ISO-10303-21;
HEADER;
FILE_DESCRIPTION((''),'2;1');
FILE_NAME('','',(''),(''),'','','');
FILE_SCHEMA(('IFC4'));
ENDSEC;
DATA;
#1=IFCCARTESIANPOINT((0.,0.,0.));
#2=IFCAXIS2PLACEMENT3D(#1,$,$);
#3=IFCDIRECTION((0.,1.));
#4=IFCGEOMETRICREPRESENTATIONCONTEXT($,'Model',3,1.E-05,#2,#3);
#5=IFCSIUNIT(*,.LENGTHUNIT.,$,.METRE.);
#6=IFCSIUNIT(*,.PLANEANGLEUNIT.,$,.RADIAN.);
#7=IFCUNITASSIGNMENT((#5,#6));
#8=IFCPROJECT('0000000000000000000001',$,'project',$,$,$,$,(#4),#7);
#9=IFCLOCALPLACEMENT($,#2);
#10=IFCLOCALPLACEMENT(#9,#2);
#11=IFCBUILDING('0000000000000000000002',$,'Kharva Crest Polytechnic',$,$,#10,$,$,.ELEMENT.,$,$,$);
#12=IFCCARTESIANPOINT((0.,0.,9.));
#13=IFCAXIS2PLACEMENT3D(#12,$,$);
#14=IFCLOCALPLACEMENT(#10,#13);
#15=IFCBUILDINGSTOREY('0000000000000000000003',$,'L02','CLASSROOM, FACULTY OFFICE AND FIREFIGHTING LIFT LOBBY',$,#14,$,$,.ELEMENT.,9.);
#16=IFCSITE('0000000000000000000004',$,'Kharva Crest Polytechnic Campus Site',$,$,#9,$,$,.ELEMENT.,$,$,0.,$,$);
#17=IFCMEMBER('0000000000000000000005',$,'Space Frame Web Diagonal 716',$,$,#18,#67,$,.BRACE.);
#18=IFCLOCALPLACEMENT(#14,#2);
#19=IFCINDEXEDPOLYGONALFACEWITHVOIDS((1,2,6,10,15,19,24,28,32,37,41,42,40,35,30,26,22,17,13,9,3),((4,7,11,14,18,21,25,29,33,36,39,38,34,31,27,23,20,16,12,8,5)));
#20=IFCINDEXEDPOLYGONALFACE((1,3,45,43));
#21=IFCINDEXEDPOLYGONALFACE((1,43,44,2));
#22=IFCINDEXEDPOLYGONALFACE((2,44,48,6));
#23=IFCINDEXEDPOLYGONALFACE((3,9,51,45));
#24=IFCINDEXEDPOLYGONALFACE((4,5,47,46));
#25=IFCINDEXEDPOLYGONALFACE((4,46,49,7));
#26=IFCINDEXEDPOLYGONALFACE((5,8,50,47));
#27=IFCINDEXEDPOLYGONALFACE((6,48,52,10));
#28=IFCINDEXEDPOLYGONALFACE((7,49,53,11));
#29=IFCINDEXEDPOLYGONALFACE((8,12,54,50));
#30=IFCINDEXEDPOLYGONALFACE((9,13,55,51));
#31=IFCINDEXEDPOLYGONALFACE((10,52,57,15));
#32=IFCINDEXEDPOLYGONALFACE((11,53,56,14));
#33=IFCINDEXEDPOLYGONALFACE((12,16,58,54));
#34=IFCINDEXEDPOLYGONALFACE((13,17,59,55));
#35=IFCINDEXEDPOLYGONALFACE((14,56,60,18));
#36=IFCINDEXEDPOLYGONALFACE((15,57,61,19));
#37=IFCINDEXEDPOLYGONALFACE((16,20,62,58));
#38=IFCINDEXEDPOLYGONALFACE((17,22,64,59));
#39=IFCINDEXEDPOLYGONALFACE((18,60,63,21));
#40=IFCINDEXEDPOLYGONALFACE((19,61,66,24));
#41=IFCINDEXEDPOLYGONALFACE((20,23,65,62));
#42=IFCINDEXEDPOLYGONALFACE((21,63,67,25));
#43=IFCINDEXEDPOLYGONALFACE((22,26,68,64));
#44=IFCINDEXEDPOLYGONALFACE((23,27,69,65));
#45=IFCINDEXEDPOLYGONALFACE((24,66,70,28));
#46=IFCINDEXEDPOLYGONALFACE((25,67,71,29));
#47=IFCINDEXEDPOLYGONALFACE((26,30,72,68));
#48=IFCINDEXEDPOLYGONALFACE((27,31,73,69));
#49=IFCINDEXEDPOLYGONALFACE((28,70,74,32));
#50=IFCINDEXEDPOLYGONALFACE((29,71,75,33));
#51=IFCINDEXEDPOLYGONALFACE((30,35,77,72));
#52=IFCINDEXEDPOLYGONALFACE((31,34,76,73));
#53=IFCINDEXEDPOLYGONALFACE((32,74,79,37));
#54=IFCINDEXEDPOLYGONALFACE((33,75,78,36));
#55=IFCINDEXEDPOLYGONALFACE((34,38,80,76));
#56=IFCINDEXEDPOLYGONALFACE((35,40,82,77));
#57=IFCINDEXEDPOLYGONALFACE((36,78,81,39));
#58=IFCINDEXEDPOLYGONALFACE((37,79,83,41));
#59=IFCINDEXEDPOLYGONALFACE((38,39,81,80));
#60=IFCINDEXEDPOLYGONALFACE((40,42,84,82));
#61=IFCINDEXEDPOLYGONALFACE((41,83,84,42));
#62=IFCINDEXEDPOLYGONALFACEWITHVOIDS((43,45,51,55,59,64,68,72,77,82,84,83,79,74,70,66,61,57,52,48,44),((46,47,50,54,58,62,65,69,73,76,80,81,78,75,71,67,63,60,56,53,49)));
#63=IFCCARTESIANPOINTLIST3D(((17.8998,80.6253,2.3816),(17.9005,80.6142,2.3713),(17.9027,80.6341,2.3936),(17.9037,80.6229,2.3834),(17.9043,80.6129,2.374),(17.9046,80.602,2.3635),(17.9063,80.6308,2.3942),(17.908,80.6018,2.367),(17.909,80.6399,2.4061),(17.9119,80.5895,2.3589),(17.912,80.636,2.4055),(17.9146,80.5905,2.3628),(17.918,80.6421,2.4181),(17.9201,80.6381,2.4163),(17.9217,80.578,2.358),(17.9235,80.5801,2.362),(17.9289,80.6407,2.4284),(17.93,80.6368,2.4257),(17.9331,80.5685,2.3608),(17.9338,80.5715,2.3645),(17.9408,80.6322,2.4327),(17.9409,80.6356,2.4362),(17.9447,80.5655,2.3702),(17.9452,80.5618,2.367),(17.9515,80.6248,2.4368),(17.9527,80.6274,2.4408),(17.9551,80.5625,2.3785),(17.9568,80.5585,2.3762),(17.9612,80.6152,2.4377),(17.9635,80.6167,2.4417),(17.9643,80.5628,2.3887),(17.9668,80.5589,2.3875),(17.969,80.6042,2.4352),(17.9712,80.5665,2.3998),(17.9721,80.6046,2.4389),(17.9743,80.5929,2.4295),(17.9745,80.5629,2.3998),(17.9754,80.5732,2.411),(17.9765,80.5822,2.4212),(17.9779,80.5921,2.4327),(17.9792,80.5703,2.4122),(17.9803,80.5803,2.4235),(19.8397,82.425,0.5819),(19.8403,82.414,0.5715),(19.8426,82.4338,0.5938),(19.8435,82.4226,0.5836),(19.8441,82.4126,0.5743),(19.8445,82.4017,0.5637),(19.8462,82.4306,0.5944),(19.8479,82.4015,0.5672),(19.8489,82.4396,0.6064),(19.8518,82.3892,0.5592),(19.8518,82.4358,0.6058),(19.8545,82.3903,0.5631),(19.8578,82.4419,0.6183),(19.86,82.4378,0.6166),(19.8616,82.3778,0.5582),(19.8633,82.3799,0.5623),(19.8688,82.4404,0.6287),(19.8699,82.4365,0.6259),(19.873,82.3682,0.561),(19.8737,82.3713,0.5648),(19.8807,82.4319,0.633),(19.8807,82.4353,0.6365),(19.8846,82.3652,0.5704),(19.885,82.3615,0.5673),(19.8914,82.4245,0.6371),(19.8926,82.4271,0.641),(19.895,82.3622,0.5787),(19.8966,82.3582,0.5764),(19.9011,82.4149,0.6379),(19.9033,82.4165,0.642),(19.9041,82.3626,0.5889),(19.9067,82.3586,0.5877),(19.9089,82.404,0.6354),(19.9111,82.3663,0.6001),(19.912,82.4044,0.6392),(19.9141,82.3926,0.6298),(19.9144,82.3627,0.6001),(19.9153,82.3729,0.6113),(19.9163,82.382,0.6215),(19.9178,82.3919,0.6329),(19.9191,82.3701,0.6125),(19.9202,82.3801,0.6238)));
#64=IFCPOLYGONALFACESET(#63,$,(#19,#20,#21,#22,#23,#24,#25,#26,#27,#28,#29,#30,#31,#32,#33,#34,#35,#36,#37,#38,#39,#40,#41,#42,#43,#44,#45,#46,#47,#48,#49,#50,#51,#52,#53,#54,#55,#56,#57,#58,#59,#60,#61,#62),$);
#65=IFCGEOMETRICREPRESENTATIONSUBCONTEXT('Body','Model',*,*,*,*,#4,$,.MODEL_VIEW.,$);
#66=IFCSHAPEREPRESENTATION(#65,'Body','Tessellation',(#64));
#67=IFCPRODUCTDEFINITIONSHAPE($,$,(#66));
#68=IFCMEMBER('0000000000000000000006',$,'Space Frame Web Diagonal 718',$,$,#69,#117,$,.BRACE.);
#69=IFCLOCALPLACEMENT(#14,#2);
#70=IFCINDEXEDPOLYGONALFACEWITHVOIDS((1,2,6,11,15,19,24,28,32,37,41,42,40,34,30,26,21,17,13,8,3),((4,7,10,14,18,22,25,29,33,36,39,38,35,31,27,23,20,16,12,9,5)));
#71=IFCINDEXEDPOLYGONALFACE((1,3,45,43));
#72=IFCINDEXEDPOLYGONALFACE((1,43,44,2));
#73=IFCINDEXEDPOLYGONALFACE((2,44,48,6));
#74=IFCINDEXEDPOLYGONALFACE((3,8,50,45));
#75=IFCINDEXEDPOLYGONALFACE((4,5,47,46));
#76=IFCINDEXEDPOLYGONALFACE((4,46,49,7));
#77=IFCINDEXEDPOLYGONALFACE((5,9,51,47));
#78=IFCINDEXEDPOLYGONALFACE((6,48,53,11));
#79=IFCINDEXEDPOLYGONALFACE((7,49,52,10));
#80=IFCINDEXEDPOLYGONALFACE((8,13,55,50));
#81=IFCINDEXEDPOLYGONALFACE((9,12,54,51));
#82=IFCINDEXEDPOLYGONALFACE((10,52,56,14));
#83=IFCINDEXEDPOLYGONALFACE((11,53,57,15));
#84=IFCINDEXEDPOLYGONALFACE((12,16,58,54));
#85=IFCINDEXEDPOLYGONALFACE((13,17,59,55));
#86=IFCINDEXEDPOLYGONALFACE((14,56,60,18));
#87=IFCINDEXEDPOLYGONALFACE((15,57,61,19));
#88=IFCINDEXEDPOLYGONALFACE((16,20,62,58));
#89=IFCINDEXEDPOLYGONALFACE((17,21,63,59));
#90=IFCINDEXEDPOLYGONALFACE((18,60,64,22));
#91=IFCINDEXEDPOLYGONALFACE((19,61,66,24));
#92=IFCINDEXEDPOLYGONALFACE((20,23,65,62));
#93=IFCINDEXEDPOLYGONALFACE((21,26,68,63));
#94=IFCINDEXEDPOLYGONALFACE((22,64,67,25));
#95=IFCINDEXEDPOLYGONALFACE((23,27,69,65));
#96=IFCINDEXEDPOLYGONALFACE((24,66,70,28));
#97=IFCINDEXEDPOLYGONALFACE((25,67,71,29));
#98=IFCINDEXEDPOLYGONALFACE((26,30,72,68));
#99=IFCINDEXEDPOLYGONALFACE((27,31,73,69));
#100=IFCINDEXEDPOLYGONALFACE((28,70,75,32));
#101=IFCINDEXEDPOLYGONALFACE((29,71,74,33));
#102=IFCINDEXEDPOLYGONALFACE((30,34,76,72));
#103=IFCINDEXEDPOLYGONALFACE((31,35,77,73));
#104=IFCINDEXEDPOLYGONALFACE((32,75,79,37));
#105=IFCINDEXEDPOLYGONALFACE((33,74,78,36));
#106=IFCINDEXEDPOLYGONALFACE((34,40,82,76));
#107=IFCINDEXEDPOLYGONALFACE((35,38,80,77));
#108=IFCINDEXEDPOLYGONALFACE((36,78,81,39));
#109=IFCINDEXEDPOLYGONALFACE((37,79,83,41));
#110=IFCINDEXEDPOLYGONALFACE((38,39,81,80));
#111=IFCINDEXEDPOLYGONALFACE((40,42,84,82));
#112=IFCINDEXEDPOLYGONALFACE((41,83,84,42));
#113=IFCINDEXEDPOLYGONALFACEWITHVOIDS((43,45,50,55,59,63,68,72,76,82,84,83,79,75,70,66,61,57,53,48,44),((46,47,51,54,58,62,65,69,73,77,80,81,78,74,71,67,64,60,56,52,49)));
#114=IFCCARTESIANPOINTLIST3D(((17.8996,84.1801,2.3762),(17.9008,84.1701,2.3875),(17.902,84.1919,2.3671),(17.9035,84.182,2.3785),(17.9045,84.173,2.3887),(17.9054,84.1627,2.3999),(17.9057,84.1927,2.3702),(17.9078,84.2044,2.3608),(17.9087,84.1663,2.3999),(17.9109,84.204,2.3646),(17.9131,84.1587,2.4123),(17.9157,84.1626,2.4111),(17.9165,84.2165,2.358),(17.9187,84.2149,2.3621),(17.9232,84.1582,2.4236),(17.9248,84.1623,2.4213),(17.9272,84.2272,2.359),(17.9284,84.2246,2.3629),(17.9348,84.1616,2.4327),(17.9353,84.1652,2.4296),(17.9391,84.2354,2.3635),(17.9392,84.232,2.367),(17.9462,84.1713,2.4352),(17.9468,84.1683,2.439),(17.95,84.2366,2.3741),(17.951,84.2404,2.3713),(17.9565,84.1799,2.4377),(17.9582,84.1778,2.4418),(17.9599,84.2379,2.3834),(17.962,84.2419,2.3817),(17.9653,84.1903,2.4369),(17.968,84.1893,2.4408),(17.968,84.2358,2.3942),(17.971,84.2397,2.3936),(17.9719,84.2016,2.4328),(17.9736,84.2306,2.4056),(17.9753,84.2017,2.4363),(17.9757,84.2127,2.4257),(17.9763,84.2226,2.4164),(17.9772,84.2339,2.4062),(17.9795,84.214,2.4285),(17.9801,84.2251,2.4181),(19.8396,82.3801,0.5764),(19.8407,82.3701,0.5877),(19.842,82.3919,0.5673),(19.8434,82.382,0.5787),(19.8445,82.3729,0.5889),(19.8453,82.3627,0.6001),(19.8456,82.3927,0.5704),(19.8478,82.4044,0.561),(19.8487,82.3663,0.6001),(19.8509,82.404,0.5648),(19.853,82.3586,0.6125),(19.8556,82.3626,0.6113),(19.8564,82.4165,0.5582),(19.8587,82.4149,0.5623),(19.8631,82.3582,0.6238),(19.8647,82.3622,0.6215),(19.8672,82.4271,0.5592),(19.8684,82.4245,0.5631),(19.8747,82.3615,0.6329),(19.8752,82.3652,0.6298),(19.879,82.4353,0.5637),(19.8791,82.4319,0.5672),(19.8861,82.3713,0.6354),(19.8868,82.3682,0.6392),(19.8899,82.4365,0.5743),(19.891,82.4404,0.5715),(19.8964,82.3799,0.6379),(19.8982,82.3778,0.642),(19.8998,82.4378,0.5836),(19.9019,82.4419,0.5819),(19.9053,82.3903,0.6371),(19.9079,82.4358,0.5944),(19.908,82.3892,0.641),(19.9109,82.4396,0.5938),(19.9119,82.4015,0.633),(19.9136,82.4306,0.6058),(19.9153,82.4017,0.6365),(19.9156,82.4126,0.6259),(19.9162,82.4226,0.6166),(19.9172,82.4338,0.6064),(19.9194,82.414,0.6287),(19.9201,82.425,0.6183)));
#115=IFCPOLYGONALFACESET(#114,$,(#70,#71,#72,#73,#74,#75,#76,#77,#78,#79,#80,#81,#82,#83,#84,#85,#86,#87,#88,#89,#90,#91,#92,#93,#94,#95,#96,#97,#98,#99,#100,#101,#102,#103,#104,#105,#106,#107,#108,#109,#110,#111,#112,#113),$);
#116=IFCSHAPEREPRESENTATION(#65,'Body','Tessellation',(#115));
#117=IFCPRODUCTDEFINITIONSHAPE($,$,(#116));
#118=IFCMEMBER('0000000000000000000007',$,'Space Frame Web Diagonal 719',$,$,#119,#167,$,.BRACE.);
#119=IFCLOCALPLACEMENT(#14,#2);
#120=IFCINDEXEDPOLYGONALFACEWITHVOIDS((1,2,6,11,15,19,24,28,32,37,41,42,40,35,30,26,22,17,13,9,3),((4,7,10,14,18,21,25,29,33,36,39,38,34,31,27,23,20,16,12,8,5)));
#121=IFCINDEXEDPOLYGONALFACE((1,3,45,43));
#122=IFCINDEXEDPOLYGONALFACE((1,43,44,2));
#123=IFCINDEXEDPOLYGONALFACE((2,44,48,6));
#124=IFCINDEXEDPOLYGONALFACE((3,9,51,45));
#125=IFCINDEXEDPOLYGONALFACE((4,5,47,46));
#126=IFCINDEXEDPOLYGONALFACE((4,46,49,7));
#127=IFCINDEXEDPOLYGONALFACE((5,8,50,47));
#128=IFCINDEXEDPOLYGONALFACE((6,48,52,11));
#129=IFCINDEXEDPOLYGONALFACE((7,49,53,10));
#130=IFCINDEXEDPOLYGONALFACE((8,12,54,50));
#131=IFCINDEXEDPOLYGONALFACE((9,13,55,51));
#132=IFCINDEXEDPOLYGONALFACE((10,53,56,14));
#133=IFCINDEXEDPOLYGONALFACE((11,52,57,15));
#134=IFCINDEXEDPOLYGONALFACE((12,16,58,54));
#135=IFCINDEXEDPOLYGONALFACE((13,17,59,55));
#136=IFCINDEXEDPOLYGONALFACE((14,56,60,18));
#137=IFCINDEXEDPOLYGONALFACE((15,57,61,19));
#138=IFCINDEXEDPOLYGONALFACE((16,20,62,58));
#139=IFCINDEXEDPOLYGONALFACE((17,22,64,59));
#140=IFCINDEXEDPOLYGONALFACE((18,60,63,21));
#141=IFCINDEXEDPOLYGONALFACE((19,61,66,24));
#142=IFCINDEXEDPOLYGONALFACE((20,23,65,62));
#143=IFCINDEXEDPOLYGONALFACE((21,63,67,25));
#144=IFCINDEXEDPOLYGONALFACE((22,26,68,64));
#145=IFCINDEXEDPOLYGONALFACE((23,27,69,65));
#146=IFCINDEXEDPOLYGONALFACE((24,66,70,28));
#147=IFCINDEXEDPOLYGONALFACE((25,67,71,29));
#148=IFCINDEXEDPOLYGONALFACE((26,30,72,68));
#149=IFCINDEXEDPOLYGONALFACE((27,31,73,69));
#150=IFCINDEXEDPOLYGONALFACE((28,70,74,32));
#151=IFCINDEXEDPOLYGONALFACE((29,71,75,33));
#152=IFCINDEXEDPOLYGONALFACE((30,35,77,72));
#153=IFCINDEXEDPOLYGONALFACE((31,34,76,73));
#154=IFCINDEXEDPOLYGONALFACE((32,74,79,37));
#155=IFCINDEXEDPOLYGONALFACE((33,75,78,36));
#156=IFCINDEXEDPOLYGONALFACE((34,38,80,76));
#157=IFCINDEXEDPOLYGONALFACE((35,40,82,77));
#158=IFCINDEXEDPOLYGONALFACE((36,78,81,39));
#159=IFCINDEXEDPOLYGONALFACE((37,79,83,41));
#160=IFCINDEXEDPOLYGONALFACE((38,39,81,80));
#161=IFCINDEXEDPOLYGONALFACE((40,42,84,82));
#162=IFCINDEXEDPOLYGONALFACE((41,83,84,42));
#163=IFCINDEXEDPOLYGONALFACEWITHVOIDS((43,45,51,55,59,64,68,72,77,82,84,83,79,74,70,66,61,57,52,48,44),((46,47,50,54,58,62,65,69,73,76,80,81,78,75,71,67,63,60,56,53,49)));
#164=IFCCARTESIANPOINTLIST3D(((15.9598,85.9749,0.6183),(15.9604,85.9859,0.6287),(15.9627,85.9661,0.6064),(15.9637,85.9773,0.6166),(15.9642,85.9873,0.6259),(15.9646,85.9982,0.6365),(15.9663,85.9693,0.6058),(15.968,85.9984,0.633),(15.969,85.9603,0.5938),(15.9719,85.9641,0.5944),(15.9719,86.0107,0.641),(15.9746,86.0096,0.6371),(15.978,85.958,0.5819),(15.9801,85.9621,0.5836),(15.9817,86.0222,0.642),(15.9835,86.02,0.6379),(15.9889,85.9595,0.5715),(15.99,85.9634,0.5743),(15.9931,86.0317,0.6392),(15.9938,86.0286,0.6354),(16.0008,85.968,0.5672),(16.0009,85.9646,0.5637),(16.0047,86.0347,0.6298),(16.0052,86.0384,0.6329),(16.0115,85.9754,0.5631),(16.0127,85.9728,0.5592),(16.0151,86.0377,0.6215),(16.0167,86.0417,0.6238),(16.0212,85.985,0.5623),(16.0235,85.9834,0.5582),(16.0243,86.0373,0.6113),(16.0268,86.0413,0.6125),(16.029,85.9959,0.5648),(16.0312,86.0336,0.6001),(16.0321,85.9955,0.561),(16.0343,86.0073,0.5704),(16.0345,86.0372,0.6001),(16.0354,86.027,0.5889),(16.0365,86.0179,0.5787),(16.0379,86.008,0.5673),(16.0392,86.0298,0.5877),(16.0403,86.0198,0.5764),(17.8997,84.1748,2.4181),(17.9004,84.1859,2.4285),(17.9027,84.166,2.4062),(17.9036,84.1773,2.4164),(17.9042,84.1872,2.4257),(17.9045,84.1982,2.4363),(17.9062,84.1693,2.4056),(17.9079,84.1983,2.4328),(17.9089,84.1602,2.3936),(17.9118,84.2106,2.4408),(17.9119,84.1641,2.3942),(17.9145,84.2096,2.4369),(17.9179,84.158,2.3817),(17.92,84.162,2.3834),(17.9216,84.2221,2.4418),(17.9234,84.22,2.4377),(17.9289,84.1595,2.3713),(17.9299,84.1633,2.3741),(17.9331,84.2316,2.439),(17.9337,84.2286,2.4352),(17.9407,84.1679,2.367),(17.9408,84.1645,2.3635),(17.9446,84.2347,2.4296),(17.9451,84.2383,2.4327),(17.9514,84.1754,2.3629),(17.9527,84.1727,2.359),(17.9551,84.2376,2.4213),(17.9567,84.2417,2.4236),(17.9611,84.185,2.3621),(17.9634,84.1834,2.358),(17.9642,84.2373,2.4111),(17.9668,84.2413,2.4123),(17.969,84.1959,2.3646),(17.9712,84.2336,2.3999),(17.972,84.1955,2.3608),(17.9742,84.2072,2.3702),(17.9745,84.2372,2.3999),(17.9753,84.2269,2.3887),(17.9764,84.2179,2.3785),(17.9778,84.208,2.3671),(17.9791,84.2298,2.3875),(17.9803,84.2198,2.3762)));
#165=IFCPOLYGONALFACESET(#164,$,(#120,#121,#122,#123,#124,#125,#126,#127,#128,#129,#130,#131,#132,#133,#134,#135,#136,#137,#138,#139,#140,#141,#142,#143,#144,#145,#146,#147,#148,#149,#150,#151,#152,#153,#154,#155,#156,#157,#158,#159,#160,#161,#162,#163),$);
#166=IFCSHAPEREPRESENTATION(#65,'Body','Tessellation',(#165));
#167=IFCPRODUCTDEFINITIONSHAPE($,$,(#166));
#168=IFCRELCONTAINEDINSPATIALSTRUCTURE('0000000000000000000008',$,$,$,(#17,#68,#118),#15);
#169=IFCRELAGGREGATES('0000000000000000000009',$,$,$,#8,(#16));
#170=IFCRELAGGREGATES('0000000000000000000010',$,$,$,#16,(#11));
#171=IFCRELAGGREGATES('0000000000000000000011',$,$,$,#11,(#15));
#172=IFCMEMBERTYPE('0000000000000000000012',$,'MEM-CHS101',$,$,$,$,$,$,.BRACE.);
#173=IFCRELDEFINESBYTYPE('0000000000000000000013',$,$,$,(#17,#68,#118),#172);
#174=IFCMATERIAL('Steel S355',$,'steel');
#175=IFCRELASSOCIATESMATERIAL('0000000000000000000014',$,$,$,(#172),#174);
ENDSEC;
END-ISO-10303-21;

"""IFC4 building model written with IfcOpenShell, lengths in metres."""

from ifc_helpers import new_model, si_unit, direction, frame, origin, origin_2d, place, context, subcontext, project, spatial, hollow_circle, extrude, material, material_profile, profile_set, type_object, element, save


model = new_model("IFC4")

# Units and contexts
model_context = context("Model", 3, precision=1e-05, world=origin(), true_north=direction((0.0, 1.0)))
body_context = subcontext(model_context, "Body", "Model", "MODEL_VIEW")
ifc_project = project(units=[si_unit("LENGTHUNIT", "METRE"), si_unit("PLANEANGLEUNIT", "RADIAN")], contexts=[model_context])

# Site, building, storey
site_placement = place(None, origin())
site = spatial("IfcSite", under=ifc_project, at=site_placement, Name="Kharva Crest Polytechnic Campus Site", CompositionType="ELEMENT", RefElevation=0.0)
building_placement = place(site_placement, origin())
building = spatial("IfcBuilding", under=site, at=building_placement, Name="Kharva Crest Polytechnic", CompositionType="ELEMENT")
storey_placement = place(building_placement, frame((0.0, 0.0, 9.0)))
storey = spatial("IfcBuildingStorey", under=building, at=storey_placement, Name="L02", Description="CLASSROOM, FACULTY OFFICE AND FIREFIGHTING LIFT LOBBY", CompositionType="ELEMENT", Elevation=9.0)

# Shared definitions
ifc_material_1 = material(Name="Steel S355", Category="steel")

# Members
ifc_material_profile_1 = material_profile(ifc_material_1, hollow_circle(Radius=0.0508, WallThickness=0.0049, at=origin_2d()), Name="CHS 101.6X5.0")
ifc_profile_set_1 = profile_set([ifc_material_profile_1], Name="Steel S355")
member_type_1 = type_object("IfcMemberType", Name="MEM-CHS101", PredefinedType="BRACE", material=ifc_profile_set_1)
member_1_placement = place(storey_placement, frame((19.8799, 82.3999, 0.6001), z_axis=(-0.606173, -0.562385, 0.562385), x_axis=(0.680133, -0.733089, 0.0)))
element("IfcMember", 1, at=member_1_placement, inside=storey, type_object=member_type_1, Name="Space Frame Web Diagonal 716", PredefinedType="BRACE", context=body_context, shape_type="SweptSolid", body=[
    extrude(hollow_circle(Radius=0.0508, WallThickness=0.0049, at=origin_2d()), origin(), (0.0, 0.0, 1.0), 3.2002),
])
for number, where, z_axis, x_axis, name in (
    (2, (19.8799, 82.3999, 0.6001), (-0.606147, 0.562437, 0.562361), (-0.680182, -0.733043, 0.0), "Space Frame Web Diagonal 718"),
    (3, (16.0, 86.0, 0.6001), (0.606147, -0.562437, 0.562361), (0.680182, 0.733043, 0.0), "Space Frame Web Diagonal 719"),
):
    element("IfcMember", number, at=place(storey_placement, frame(where, z_axis=z_axis, x_axis=x_axis)), inside=storey, type_object=member_type_1, Name=name, PredefinedType="BRACE", context=body_context, shape_type="SweptSolid", body=[
        extrude(hollow_circle(Radius=0.0508, WallThickness=0.0049, at=origin_2d()), origin(), (0.0, 0.0, 1.0), 3.2004),
    ])

save(model, "model.ifc")
